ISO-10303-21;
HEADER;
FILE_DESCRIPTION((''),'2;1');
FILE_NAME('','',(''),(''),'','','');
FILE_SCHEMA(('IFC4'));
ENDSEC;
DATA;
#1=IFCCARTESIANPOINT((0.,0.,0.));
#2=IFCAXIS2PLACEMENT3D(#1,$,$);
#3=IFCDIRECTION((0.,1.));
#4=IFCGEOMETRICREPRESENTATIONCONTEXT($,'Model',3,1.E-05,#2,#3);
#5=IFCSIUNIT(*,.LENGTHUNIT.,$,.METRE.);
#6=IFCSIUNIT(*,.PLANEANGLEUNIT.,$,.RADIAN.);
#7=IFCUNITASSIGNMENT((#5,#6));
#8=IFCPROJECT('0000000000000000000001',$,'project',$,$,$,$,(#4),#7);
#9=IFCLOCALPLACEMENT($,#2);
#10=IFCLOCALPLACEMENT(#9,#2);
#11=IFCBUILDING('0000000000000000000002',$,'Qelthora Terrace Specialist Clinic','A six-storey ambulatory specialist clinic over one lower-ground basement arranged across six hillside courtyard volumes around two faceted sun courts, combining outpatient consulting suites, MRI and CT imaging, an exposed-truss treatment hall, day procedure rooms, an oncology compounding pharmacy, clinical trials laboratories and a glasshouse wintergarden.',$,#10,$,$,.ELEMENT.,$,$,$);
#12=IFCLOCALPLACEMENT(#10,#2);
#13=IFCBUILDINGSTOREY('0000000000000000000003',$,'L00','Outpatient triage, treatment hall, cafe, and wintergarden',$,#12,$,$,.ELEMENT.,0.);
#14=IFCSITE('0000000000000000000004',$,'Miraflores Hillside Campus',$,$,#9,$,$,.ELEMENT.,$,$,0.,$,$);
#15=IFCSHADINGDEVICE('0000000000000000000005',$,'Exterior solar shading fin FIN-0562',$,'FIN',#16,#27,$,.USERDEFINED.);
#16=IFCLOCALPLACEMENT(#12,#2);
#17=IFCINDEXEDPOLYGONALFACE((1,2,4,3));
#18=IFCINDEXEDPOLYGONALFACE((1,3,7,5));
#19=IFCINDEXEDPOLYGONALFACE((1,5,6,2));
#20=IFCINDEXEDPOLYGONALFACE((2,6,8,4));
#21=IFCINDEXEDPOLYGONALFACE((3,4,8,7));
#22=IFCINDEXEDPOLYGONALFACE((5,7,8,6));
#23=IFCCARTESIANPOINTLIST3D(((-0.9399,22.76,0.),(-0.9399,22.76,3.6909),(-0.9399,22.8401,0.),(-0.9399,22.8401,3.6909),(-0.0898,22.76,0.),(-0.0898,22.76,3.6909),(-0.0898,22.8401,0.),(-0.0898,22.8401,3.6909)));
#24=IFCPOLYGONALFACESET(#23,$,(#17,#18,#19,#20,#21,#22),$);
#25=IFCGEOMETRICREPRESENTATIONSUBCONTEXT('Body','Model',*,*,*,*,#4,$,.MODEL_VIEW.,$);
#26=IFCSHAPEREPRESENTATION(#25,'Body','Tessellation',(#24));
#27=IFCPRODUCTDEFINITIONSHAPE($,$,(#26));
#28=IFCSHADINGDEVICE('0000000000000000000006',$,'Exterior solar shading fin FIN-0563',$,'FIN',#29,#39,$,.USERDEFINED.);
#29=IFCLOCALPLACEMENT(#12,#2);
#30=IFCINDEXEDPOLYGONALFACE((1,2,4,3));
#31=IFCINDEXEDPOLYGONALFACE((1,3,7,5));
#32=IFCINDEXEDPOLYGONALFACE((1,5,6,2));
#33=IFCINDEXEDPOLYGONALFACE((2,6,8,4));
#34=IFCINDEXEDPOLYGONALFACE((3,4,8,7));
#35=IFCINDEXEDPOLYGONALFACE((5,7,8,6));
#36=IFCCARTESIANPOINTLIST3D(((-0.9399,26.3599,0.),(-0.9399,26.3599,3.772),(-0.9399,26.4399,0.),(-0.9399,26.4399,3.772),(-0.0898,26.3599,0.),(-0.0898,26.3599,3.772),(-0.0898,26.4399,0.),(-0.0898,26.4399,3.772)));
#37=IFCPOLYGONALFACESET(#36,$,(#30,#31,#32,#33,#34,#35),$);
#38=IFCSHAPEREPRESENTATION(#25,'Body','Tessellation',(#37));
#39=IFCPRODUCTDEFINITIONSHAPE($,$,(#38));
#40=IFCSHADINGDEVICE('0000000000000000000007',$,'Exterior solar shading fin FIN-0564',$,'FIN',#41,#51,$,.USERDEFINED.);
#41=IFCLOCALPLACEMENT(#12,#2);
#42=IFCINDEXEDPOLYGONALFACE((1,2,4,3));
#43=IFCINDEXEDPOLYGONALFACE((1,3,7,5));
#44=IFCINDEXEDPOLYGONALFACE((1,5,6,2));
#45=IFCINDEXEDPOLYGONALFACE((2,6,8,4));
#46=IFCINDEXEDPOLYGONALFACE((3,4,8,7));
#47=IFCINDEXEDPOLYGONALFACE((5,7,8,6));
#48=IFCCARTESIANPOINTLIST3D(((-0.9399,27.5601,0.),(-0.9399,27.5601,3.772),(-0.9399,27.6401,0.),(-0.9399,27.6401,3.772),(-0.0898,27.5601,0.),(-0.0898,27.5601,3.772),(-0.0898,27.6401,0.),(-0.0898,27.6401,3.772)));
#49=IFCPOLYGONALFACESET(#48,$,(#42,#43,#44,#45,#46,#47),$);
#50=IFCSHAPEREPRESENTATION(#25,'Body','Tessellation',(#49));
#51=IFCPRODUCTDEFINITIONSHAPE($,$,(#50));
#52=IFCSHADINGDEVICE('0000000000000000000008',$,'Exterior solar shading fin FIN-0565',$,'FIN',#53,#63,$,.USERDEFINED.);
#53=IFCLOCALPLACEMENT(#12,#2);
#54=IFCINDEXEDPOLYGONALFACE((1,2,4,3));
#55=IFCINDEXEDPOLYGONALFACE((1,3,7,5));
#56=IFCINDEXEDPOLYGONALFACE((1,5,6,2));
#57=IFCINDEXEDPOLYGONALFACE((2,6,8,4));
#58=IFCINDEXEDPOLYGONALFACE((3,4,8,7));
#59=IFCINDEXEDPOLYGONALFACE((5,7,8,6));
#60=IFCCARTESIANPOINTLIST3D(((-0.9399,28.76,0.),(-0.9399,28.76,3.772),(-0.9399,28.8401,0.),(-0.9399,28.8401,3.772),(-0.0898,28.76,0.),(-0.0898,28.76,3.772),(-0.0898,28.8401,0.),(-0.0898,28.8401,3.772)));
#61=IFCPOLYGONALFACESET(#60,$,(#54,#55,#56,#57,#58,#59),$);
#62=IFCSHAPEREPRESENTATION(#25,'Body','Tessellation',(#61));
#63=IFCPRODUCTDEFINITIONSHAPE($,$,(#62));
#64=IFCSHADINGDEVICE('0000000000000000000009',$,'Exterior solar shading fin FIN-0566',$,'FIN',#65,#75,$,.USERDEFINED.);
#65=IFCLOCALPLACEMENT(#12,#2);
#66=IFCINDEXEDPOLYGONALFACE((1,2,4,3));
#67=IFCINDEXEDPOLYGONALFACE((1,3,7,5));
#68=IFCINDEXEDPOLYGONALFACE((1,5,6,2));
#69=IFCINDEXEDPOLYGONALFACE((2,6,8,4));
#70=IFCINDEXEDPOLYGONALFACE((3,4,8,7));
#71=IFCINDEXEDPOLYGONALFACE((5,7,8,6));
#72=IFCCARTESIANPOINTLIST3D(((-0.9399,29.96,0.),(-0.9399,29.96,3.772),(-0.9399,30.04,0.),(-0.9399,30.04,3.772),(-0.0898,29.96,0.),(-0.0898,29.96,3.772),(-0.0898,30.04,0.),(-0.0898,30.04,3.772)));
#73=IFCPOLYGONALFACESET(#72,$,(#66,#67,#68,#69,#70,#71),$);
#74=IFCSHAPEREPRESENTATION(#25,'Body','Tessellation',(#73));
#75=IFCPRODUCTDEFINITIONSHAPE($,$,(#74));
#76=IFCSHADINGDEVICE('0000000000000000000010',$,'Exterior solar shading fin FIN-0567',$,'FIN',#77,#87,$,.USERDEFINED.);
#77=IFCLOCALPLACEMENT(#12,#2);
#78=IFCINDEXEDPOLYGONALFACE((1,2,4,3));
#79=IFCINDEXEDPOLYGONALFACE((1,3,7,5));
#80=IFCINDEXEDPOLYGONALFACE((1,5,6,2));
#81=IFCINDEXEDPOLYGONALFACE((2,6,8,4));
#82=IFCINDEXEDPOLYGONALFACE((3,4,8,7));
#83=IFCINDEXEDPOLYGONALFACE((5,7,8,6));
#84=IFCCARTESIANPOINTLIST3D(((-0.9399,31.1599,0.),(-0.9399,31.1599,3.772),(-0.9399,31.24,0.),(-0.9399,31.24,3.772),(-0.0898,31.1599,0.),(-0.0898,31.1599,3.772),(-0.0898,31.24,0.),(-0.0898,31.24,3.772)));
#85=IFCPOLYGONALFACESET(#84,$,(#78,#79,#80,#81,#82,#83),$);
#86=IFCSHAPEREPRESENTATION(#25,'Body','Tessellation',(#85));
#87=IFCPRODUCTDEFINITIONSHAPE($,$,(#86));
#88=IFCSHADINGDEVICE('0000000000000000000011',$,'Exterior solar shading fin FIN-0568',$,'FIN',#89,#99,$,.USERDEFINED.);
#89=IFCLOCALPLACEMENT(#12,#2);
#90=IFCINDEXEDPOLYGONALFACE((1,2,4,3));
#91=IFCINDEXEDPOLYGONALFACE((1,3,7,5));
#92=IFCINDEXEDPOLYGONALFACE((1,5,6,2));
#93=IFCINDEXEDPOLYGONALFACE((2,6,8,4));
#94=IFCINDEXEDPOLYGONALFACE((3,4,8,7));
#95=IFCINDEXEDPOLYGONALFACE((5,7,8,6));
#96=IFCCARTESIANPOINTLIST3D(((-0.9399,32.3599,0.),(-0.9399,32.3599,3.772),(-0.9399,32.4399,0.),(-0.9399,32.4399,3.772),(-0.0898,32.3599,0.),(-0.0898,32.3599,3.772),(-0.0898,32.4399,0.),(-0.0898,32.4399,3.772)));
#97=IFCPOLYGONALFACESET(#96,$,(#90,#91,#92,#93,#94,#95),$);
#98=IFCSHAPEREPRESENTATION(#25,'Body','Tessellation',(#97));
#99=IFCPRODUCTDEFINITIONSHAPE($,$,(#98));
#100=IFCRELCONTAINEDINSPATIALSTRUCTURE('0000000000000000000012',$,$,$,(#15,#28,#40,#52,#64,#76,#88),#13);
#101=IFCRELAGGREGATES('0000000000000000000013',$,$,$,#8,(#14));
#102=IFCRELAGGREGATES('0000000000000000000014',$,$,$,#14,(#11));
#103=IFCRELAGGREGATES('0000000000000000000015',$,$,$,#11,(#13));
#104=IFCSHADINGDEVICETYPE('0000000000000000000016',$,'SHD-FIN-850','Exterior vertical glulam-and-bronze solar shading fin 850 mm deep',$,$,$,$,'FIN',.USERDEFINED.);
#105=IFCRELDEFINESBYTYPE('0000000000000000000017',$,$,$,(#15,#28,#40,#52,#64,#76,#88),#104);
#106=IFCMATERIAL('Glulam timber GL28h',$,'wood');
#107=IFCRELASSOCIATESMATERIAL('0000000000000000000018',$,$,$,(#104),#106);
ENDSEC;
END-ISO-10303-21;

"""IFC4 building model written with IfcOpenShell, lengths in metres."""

from ifc_helpers import new_model, si_unit, direction, frame, origin, origin_2d, place, context, subcontext, project, spatial, rectangle, extrude, material, type_object, element, save


model = new_model("IFC4")

# Units and contexts
model_context = context("Model", 3, precision=1e-05, world=origin(), true_north=direction((0.0, 1.0)))
body_context = subcontext(model_context, "Body", "Model", "MODEL_VIEW")
ifc_project = project(units=[si_unit("LENGTHUNIT", "METRE"), si_unit("PLANEANGLEUNIT", "RADIAN")], contexts=[model_context])

# Site, building, storey
site_placement = place(None, origin())
site = spatial("IfcSite", under=ifc_project, at=site_placement, Name="Miraflores Hillside Campus", CompositionType="ELEMENT", RefElevation=0.0)
building_placement = place(site_placement, origin())
building = spatial("IfcBuilding", under=site, at=building_placement, Name="Qelthora Terrace Specialist Clinic", Description="A six-storey ambulatory specialist clinic over one lower-ground basement arranged across six hillside courtyard volumes around two faceted sun courts, combining outpatient consulting suites, MRI and CT imaging, an exposed-truss treatment hall, day procedure rooms, an oncology compounding pharmacy, clinical trials laboratories and a glasshouse wintergarden.", CompositionType="ELEMENT")
storey_placement = place(building_placement, origin())
storey = spatial("IfcBuildingStorey", under=building, at=storey_placement, Name="L00", Description="Outpatient triage, treatment hall, cafe, and wintergarden", CompositionType="ELEMENT", Elevation=0.0)

# Shared definitions
ifc_material_1 = material(Name="Glulam timber GL28h", Category="wood")

# Shading devices
shading_device_type = type_object("IfcShadingDeviceType", Name="SHD-FIN-850", Description="Exterior vertical glulam-and-bronze solar shading fin 850 mm deep", ElementType="FIN", PredefinedType="USERDEFINED", material=ifc_material_1)
for number, where, z_axis, x_axis, name in (
    (1, (-0.5149, 22.8, 0.0), (0.0, 0.0, 1.0), (-1.0, 0.0, 0.0), "Exterior solar shading fin FIN-0562"),
):
    element("IfcShadingDevice", number, at=place(storey_placement, frame(where, z_axis=z_axis, x_axis=x_axis)), inside=storey, type_object=shading_device_type, Name=name, ObjectType="FIN", PredefinedType="USERDEFINED", context=body_context, shape_type="SweptSolid", body=[
        extrude(rectangle(XDim=0.8501, YDim=0.0801, at=origin_2d()), origin(), (0.0, 0.0, 1.0), 3.6909),
    ])
for number, where, z_axis, x_axis, name in (
    (2, (-0.5149, 26.3999, 0.0), (0.0, 0.0, 1.0), (-1.0, 0.0, 0.0), "Exterior solar shading fin FIN-0563"),
    (3, (-0.5149, 27.6001, 0.0), (0.0, 0.0, 1.0), (-1.0, 0.0, 0.0), "Exterior solar shading fin FIN-0564"),
    (4, (-0.5149, 28.8, 0.0), (0.0, 0.0, 1.0), (-1.0, 0.0, 0.0), "Exterior solar shading fin FIN-0565"),
    (5, (-0.5149, 30.0, 0.0), (0.0, 0.0, 1.0), (-1.0, 0.0, 0.0), "Exterior solar shading fin FIN-0566"),
    (6, (-0.5149, 31.2, 0.0), (0.0, 0.0, 1.0), (-1.0, 0.0, 0.0), "Exterior solar shading fin FIN-0567"),
    (7, (-0.5149, 32.3999, 0.0), (0.0, 0.0, 1.0), (-1.0, 0.0, 0.0), "Exterior solar shading fin FIN-0568"),
):
    element("IfcShadingDevice", number, at=place(storey_placement, frame(where, z_axis=z_axis, x_axis=x_axis)), inside=storey, type_object=shading_device_type, Name=name, ObjectType="FIN", PredefinedType="USERDEFINED", context=body_context, shape_type="SweptSolid", body=[
        extrude(rectangle(XDim=0.8501, YDim=0.0801, at=origin_2d()), origin(), (0.0, 0.0, 1.0), 3.772),
    ])

save(model, "model.ifc")
